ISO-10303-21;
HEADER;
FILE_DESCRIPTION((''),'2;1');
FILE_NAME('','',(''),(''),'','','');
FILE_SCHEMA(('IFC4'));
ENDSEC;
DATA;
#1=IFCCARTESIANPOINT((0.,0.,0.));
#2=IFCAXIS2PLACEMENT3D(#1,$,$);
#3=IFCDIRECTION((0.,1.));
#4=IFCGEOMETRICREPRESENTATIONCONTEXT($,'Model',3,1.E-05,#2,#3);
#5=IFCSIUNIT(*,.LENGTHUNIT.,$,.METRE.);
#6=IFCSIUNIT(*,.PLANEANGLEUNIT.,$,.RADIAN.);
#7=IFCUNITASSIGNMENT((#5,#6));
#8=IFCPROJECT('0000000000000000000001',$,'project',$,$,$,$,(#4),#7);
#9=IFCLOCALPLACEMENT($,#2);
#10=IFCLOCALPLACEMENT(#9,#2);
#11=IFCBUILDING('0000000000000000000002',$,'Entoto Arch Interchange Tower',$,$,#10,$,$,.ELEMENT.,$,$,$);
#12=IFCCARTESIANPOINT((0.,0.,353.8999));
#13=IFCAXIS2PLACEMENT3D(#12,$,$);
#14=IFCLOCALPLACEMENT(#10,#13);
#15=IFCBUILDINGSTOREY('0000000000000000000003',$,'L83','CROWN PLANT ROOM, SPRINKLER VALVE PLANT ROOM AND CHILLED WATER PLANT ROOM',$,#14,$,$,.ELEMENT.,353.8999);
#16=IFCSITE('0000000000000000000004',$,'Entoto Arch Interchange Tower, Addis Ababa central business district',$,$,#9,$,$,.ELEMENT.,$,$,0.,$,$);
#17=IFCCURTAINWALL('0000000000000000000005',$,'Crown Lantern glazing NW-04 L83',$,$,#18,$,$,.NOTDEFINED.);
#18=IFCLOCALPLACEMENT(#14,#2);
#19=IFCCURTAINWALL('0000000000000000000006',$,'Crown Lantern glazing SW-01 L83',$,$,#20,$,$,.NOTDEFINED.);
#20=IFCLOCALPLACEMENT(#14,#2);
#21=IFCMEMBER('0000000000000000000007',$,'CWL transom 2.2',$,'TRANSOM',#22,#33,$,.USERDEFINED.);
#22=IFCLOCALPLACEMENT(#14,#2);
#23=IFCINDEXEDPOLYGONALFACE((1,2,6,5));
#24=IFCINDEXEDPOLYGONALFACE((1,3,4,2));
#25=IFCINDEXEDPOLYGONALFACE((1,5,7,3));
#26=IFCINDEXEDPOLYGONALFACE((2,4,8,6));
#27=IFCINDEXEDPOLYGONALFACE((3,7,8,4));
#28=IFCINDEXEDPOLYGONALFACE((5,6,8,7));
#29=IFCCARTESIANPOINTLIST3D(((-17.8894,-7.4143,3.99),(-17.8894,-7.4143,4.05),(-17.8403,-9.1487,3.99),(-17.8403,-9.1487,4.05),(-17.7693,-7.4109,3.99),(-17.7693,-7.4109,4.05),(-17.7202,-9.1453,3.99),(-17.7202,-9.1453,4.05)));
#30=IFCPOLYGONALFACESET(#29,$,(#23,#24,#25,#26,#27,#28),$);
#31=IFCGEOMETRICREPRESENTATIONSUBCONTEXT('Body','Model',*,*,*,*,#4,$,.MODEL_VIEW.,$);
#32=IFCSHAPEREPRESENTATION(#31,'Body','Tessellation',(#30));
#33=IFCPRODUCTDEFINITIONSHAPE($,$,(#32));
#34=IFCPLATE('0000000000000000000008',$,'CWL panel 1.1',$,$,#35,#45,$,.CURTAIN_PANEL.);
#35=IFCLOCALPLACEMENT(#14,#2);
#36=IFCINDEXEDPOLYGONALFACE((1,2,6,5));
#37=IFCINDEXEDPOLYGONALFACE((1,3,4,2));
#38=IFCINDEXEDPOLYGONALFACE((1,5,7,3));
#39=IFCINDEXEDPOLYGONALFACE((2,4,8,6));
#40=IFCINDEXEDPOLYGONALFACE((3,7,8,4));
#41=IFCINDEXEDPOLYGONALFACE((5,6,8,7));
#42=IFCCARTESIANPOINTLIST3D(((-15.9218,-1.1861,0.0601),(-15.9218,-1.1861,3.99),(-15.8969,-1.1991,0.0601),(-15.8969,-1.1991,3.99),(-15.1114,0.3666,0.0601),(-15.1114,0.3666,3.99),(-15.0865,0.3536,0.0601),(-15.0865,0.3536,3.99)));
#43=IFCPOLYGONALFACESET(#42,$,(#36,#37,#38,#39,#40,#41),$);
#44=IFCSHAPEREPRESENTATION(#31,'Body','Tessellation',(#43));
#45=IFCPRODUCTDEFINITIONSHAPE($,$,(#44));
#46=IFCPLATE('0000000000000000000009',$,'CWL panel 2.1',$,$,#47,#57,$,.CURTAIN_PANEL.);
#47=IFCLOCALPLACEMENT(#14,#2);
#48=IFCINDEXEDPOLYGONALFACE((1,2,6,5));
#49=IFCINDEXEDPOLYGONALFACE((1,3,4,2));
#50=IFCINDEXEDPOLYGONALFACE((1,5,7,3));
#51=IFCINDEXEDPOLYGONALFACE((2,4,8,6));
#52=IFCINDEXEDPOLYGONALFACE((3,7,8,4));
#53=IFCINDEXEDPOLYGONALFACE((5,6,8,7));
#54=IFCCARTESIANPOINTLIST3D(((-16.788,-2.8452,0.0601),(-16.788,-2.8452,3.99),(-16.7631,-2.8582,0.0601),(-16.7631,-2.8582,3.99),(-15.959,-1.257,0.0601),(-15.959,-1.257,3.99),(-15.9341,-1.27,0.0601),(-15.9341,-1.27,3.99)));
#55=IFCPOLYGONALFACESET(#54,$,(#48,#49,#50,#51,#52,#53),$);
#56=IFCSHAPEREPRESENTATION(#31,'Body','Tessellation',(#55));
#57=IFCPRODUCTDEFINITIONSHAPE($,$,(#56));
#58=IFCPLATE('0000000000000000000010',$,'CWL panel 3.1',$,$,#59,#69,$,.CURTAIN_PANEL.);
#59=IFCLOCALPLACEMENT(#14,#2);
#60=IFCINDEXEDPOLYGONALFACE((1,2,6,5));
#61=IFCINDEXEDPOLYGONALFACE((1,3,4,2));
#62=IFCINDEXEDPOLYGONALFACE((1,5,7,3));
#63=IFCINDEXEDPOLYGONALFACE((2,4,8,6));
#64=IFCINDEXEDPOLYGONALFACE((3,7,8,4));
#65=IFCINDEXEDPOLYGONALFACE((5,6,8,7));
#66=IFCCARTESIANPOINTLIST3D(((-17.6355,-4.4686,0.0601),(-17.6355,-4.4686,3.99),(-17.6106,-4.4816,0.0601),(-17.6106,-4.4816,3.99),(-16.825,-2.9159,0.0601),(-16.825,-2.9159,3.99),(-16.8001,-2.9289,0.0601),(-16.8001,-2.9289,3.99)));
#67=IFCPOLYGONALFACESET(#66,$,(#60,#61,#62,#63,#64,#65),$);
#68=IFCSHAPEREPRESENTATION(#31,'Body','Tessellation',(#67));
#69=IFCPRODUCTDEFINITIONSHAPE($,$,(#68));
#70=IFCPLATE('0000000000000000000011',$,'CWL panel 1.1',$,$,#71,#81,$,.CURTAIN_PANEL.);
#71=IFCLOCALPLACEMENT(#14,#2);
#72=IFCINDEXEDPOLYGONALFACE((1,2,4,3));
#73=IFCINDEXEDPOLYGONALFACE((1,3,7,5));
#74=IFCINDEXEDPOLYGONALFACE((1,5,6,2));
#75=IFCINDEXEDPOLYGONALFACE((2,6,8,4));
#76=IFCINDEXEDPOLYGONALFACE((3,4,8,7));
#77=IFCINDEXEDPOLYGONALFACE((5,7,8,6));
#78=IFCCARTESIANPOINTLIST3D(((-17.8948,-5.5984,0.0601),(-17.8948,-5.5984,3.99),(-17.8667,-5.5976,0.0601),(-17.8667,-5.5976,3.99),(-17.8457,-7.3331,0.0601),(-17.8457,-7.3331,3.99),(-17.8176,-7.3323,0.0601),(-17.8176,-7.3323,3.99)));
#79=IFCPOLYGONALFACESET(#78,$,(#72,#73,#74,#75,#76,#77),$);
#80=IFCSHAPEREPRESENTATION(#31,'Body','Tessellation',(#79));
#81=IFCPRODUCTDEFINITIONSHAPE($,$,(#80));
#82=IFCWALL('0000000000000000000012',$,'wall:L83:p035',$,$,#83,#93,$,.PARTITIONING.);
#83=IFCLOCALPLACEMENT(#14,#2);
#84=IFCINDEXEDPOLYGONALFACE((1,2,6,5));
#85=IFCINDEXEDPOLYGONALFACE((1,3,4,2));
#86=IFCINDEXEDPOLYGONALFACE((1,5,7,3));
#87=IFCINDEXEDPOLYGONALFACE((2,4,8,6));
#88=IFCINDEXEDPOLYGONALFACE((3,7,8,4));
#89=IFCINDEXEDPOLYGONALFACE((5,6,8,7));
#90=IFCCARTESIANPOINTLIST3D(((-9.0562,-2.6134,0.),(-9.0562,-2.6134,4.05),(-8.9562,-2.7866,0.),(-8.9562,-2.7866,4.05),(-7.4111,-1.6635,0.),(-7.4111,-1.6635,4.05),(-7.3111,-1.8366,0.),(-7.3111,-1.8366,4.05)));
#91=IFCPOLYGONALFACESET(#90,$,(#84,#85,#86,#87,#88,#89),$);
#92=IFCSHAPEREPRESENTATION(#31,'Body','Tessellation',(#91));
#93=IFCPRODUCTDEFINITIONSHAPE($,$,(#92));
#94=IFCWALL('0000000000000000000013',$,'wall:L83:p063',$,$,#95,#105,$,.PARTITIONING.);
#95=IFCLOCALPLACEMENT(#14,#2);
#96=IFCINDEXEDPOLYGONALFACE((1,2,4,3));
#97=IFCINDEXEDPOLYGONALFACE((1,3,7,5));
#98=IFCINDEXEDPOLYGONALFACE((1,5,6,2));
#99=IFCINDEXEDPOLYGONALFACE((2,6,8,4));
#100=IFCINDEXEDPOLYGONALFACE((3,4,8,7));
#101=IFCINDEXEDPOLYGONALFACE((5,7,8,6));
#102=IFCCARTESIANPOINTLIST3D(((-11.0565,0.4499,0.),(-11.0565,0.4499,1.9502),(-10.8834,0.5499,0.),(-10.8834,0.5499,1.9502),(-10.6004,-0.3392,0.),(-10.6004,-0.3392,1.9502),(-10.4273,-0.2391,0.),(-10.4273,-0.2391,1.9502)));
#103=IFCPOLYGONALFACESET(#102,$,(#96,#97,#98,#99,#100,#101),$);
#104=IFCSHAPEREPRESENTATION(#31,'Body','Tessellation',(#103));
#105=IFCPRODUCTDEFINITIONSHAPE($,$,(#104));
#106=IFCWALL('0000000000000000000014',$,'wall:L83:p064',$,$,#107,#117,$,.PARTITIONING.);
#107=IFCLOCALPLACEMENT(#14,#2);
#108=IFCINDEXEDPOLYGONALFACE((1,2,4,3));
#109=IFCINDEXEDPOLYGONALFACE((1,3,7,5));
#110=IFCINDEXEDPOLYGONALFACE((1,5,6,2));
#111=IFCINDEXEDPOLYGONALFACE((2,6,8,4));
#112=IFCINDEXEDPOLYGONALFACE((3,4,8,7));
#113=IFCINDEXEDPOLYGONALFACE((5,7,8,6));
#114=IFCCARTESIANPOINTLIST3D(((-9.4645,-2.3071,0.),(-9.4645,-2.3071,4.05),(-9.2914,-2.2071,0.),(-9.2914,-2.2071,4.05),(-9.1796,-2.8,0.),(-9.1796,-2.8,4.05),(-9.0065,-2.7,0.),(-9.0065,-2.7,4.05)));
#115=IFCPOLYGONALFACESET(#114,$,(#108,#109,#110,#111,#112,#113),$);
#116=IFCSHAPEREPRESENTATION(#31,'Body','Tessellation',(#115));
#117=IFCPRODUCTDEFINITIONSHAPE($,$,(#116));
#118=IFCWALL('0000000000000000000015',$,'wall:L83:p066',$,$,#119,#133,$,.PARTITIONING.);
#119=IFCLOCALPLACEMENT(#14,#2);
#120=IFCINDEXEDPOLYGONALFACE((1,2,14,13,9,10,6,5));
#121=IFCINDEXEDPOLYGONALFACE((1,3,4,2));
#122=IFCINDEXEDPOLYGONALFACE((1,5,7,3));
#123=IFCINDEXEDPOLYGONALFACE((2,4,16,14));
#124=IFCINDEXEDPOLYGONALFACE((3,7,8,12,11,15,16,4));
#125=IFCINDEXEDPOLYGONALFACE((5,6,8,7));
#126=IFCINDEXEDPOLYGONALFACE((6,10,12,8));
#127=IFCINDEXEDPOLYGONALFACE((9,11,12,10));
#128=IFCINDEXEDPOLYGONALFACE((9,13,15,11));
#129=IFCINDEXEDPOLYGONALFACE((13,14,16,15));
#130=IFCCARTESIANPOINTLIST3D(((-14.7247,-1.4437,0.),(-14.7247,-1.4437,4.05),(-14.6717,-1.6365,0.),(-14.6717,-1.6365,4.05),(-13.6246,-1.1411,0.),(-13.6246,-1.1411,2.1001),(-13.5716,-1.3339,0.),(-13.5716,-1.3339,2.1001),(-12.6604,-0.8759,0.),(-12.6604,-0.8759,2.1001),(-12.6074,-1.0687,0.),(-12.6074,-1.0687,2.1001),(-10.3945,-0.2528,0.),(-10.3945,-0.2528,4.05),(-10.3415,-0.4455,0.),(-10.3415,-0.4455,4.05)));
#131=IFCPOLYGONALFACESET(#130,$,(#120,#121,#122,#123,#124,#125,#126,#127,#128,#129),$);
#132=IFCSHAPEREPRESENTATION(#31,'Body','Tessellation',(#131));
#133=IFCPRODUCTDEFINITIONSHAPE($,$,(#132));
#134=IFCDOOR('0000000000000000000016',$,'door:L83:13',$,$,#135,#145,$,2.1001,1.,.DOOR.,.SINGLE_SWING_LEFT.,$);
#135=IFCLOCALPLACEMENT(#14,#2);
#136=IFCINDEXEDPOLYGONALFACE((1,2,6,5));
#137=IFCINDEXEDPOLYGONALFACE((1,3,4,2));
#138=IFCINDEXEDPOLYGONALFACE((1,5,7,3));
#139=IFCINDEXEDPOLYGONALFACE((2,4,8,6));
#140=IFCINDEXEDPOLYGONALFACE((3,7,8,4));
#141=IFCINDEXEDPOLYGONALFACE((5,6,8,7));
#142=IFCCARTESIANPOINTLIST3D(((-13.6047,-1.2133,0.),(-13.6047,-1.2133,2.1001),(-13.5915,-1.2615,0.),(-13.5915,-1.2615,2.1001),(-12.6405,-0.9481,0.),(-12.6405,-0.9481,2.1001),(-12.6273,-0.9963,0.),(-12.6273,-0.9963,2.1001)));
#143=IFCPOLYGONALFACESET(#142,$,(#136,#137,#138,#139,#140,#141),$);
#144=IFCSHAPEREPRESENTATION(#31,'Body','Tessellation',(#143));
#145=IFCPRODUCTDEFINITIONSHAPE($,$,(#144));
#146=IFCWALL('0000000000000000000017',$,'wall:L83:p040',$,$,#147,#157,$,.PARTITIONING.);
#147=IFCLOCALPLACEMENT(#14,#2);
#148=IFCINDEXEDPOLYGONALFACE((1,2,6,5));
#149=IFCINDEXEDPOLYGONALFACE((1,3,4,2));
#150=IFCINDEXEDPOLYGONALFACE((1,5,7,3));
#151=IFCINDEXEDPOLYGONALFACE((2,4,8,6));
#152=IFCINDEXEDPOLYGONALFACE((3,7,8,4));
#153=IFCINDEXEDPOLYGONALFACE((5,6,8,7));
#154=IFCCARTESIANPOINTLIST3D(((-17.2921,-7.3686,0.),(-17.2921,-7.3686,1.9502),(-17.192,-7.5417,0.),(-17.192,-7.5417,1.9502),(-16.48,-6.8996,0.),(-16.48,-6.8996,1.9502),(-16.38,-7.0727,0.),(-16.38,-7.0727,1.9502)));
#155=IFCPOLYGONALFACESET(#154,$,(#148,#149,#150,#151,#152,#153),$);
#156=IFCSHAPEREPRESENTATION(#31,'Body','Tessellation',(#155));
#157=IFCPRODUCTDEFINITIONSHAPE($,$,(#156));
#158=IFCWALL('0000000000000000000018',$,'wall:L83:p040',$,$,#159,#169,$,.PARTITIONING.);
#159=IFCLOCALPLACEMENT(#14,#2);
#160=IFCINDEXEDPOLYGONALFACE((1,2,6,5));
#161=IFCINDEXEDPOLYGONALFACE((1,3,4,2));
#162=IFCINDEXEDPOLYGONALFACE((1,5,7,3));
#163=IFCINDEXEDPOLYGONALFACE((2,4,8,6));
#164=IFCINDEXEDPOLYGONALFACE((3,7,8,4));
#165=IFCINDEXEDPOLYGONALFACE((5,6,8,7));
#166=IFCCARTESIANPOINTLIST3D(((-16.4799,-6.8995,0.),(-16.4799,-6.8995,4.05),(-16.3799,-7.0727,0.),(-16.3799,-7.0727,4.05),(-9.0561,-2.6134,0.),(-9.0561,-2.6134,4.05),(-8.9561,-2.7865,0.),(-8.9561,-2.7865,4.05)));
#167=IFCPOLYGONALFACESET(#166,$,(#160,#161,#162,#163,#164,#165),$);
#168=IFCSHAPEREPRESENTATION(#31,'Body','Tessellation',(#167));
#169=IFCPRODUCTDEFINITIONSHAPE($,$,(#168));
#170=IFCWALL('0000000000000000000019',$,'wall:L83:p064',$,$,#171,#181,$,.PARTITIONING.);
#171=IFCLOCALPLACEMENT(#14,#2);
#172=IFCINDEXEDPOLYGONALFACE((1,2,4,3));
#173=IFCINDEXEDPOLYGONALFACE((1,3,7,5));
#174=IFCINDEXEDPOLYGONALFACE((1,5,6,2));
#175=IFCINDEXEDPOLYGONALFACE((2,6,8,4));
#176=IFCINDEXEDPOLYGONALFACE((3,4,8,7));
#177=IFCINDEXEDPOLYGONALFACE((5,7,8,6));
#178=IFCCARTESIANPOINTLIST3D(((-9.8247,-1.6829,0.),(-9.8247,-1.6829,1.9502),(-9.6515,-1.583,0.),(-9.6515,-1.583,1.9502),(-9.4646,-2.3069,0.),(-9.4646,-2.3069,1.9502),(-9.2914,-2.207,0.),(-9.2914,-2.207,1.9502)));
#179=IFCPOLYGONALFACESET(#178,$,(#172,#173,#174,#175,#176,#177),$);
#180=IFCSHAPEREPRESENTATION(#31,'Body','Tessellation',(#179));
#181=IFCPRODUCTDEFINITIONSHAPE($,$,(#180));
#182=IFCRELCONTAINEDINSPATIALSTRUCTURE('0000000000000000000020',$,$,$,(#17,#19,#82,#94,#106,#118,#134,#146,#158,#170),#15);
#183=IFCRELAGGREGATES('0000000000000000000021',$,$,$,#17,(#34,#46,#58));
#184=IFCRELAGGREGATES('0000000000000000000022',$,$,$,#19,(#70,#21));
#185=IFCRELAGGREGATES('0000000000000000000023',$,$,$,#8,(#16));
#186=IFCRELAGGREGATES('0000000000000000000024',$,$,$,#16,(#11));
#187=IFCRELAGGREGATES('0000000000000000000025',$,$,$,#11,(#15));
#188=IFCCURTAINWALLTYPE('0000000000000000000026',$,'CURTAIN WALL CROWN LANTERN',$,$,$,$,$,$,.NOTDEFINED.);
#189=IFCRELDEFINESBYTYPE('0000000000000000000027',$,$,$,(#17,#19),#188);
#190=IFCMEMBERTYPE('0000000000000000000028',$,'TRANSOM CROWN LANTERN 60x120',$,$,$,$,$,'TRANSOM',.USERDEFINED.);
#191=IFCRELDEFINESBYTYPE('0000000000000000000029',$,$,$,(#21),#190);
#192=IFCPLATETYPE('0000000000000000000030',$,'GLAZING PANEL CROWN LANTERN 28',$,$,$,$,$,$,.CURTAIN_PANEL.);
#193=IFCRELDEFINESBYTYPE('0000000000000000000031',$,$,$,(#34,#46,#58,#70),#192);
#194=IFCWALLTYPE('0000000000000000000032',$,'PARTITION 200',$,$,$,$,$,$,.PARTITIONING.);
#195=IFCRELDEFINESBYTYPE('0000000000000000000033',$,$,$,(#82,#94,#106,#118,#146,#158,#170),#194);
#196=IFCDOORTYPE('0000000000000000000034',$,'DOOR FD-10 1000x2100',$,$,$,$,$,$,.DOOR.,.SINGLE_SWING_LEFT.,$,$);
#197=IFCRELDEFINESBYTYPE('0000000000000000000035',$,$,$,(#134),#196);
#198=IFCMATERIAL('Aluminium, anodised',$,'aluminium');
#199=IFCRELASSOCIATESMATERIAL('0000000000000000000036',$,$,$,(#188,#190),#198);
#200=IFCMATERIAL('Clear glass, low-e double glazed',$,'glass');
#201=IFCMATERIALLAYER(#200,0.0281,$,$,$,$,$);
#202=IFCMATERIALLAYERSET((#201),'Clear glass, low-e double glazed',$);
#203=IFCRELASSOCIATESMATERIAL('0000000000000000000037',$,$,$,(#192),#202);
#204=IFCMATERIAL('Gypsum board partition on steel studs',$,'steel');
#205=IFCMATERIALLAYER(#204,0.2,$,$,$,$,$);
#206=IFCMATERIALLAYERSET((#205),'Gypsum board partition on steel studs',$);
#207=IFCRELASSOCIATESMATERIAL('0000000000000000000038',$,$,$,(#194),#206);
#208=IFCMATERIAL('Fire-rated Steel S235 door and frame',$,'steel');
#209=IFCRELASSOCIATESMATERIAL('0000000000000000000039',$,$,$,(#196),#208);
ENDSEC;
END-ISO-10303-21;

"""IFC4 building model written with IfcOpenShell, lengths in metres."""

from ifc_helpers import new_model, si_unit, direction, frame, frame_2d, origin, origin_2d, place, context, subcontext, project, spatial, rectangle, extrude, material, layer, layer_set, material_profile, profile_set, type_object, element, fill, aggregate, save


model = new_model("IFC4")

# Units and contexts
model_context = context("Model", 3, precision=1e-05, world=origin(), true_north=direction((0.0, 1.0)))
body_context = subcontext(model_context, "Body", "Model", "MODEL_VIEW")
ifc_project = project(units=[si_unit("LENGTHUNIT", "METRE"), si_unit("PLANEANGLEUNIT", "RADIAN")], contexts=[model_context])

# Site, building, storey
site_placement = place(None, origin())
site = spatial("IfcSite", under=ifc_project, at=site_placement, Name="Entoto Arch Interchange Tower, Addis Ababa central business district", CompositionType="ELEMENT", RefElevation=0.0)
building_placement = place(site_placement, origin())
building = spatial("IfcBuilding", under=site, at=building_placement, Name="Entoto Arch Interchange Tower", CompositionType="ELEMENT")
storey_placement = place(building_placement, frame((0.0, 0.0, 353.8999)))
storey = spatial("IfcBuildingStorey", under=building, at=storey_placement, Name="L83", Description="CROWN PLANT ROOM, SPRINKLER VALVE PLANT ROOM AND CHILLED WATER PLANT ROOM", CompositionType="ELEMENT", Elevation=353.8999)

# Curtain walls
ifc_material_1 = material(Name="Aluminium, anodised", Category="aluminium")
curtain_wall_type = type_object("IfcCurtainWallType", Name="CURTAIN WALL CROWN LANTERN", PredefinedType="NOTDEFINED", material=ifc_material_1)
curtain_wall_1_placement = place(storey_placement, origin())
curtain_wall_1 = element("IfcCurtainWall", 1, at=curtain_wall_1_placement, inside=storey, type_object=curtain_wall_type, Name="Crown Lantern glazing NW-04 L83", PredefinedType="NOTDEFINED")
curtain_wall_2_placement = place(storey_placement, origin())
curtain_wall_2 = element("IfcCurtainWall", 2, at=curtain_wall_2_placement, inside=storey, type_object=curtain_wall_type, Name="Crown Lantern glazing SW-01 L83", PredefinedType="NOTDEFINED")

# Member
ifc_material_profile_1 = material_profile(ifc_material_1, rectangle(XDim=0.1201, YDim=0.0601, at=origin_2d()))
ifc_profile_set_1 = profile_set([ifc_material_profile_1], Name="Aluminium, anodised")
member_type_1 = type_object("IfcMemberType", Name="TRANSOM CROWN LANTERN 60x120", ElementType="TRANSOM", PredefinedType="USERDEFINED", material=ifc_profile_set_1)
member_1_placement = place(storey_placement, frame((-17.8293, -7.4126, 4.02), z_axis=(0.028283, -0.9996, 0.0), x_axis=(0.9996, 0.028283, 0.0)))
member_1 = element("IfcMember", 3, at=member_1_placement, type_object=member_type_1, Name="CWL transom 2.2", ObjectType="TRANSOM", PredefinedType="USERDEFINED", context=body_context, shape_type="SweptSolid", body=[
    extrude(rectangle(XDim=0.1201, YDim=0.0601, at=origin_2d()), origin(), (0.0, 0.0, 1.0), 1.7351),
])

# Plates
ifc_material_2 = material(Name="Clear glass, low-e double glazed", Category="glass")
ifc_layer_1 = layer(ifc_material_2, 0.0281)
ifc_layer_set_1 = layer_set([ifc_layer_1], Name="Clear glass, low-e double glazed")
plate_type = type_object("IfcPlateType", Name="GLAZING PANEL CROWN LANTERN 28", PredefinedType="CURTAIN_PANEL", material=ifc_layer_set_1)
plate_1_placement = place(storey_placement, frame((-15.5042, -0.4163, 0.0601), z_axis=(0.0, 0.0, 1.0), x_axis=(-0.462749, -0.88649, 0.0)))
plate_1 = element("IfcPlate", 4, at=plate_1_placement, type_object=plate_type, Name="CWL panel 1.1", PredefinedType="CURTAIN_PANEL", context=body_context, shape_type="SweptSolid", body=[
    extrude(rectangle(XDim=1.7515, YDim=0.0281, at=origin_2d()), origin(), (0.0, 0.0, 1.0), 3.9299),
])
plate_2_placement = place(storey_placement, frame((-16.3611, -2.0576, 0.0601), z_axis=(0.0, 0.0, 1.0), x_axis=(-0.462749, -0.88649, 0.0)))
plate_2 = element("IfcPlate", 5, at=plate_2_placement, type_object=plate_type, Name="CWL panel 2.1", PredefinedType="CURTAIN_PANEL", context=body_context, shape_type="SweptSolid", body=[
    extrude(rectangle(XDim=1.7915, YDim=0.0281, at=origin_2d()), origin(), (0.0, 0.0, 1.0), 3.9299),
])
plate_3_placement = place(storey_placement, frame((-17.2178, -3.6987, 0.0601), z_axis=(0.0, 0.0, 1.0), x_axis=(-0.462749, -0.88649, 0.0)))
plate_3 = element("IfcPlate", 6, at=plate_3_placement, type_object=plate_type, Name="CWL panel 3.1", PredefinedType="CURTAIN_PANEL", context=body_context, shape_type="SweptSolid", body=[
    extrude(rectangle(XDim=1.7515, YDim=0.0281, at=origin_2d()), origin(), (0.0, 0.0, 1.0), 3.9299),
])
aggregate(curtain_wall_1, [plate_1, plate_2, plate_3])
plate_4_placement = place(storey_placement, frame((-17.8562, -6.4653, 0.0601), z_axis=(0.0, 0.0, 1.0), x_axis=(0.028298, -0.9996, 0.0)))
plate_4 = element("IfcPlate", 7, at=plate_4_placement, type_object=plate_type, Name="CWL panel 1.1", PredefinedType="CURTAIN_PANEL", context=body_context, shape_type="SweptSolid", body=[
    extrude(rectangle(XDim=1.7354, YDim=0.0281, at=origin_2d()), origin(), (0.0, 0.0, 1.0), 3.9299),
])
aggregate(curtain_wall_2, [plate_4, member_1])

# Walls
ifc_material_3 = material(Name="Gypsum board partition on steel studs", Category="steel")
ifc_layer_2 = layer(ifc_material_3, 0.2)
ifc_layer_set_2 = layer_set([ifc_layer_2], Name="Gypsum board partition on steel studs")
wall_type_1 = type_object("IfcWallType", Name="PARTITION 200", PredefinedType="PARTITIONING", material=ifc_layer_set_2)
wall_1_placement = place(storey_placement, frame((-9.0061, -2.7, 0.0), z_axis=(0.0, 0.0, 1.0), x_axis=(0.86598, 0.500078, 0.0)))
element("IfcWall", 8, at=wall_1_placement, inside=storey, type_object=wall_type_1, Name="wall:L83:p035", PredefinedType="PARTITIONING", context=body_context, shape_type="SweptSolid", body=[
    extrude(rectangle(XDim=1.8997, YDim=0.2, at=frame_2d((0.9497, 0.0))), origin(), (0.0, 0.0, 1.0), 4.05),
])
wall_2_placement = place(storey_placement, frame((-10.5139, -0.2891, 0.0), z_axis=(0.0, 0.0, 1.0), x_axis=(-0.500403, 0.865793, 0.0)))
element("IfcWall", 9, at=wall_2_placement, inside=storey, type_object=wall_type_1, Name="wall:L83:p063", PredefinedType="PARTITIONING", context=body_context, shape_type="SweptSolid", body=[
    extrude(rectangle(XDim=0.9114, YDim=0.2, at=frame_2d((0.4556, 0.0))), origin(), (0.0, 0.0, 1.0), 1.9502),
])
wall_3_placement = place(storey_placement, frame((-9.093, -2.75, 0.0), z_axis=(0.0, 0.0, 1.0), x_axis=(-0.500428, 0.865778, 0.0)))
element("IfcWall", 10, at=wall_3_placement, inside=storey, type_object=wall_type_1, Name="wall:L83:p064", PredefinedType="PARTITIONING", context=body_context, shape_type="SweptSolid", body=[
    extrude(rectangle(XDim=0.5693, YDim=0.2, at=frame_2d((0.2847, 0.0))), origin(), (0.0, 0.0, 1.0), 4.05),
])

# Wall, opening, door
wall_4_placement = place(storey_placement, frame((-10.3679, -0.3491, 0.0), z_axis=(0.0, 0.0, 1.0), x_axis=(-0.964197, -0.265187, 0.0)))
wall_4 = element("IfcWall", 11, at=wall_4_placement, inside=storey, type_object=wall_type_1, Name="wall:L83:p066", PredefinedType="PARTITIONING", context=body_context, shape_type="SweptSolid", body=[
    extrude(rectangle(XDim=4.491, YDim=0.2, at=frame_2d((2.2456, 0.0))), origin(), (0.0, 0.0, 1.0), 4.05),
])
opening_1_placement = place(wall_4_placement, frame((2.3501, 0.0, 0.0)))
opening_1 = element("IfcOpeningElement", 12, at=opening_1_placement, cuts=wall_4, PredefinedType="OPENING", context=body_context, shape_type="SweptSolid", body=[
    extrude(rectangle(XDim=1.0, YDim=2.1001, at=frame_2d((0.5, 1.05))), frame((0.0, 0.1099, 0.0), z_axis=(0.0, -1.0, 0.0), x_axis=(1.0, 0.0, 0.0)), (0.0, 0.0, 1.0), 0.22),
])
ifc_material_4 = material(Name="Fire-rated Steel S235 door and frame", Category="steel")
door_type = type_object("IfcDoorType", Name="DOOR FD-10 1000x2100", OperationType="SINGLE_SWING_LEFT", PredefinedType="DOOR", material=ifc_material_4)
door_1_placement = place(opening_1_placement, origin())
door_1 = element("IfcDoor", 13, at=door_1_placement, inside=storey, type_object=door_type, Name="door:L83:13", OperationType="SINGLE_SWING_LEFT", OverallHeight=2.1001, OverallWidth=1.0, PredefinedType="DOOR", context=body_context, shape_type="SweptSolid", body=[
    extrude(rectangle(XDim=1.0, YDim=2.1001, at=frame_2d((0.5, 1.05))), frame((0.0, 0.0249, 0.0), z_axis=(0.0, -1.0, 0.0), x_axis=(1.0, 0.0, 0.0)), (0.0, 0.0, 1.0), 0.05),
])
fill(opening_1, door_1)

# Walls
wall_5_placement = place(storey_placement, frame((-17.2419, -7.4551, 0.0), z_axis=(0.0, 0.0, 1.0), x_axis=(0.865943, 0.500143, 0.0)))
element("IfcWall", 14, at=wall_5_placement, inside=storey, type_object=wall_type_1, Name="wall:L83:p040", PredefinedType="PARTITIONING", context=body_context, shape_type="SweptSolid", body=[
    extrude(rectangle(XDim=0.9377, YDim=0.2, at=frame_2d((0.4688, 0.0))), origin(), (0.0, 0.0, 1.0), 1.9502),
])
wall_6_placement = place(storey_placement, frame((-16.4299, -6.9861, 0.0), z_axis=(0.0, 0.0, 1.0), x_axis=(0.866026, 0.499999, 0.0)))
element("IfcWall", 15, at=wall_6_placement, inside=storey, type_object=wall_type_1, Name="wall:L83:p040", PredefinedType="PARTITIONING", context=body_context, shape_type="SweptSolid", body=[
    extrude(rectangle(XDim=8.5723, YDim=0.2, at=frame_2d((4.2861, 0.0))), origin(), (0.0, 0.0, 1.0), 4.05),
])
wall_7_placement = place(storey_placement, frame((-9.3779, -2.2571, 0.0), z_axis=(0.0, 0.0, 1.0), x_axis=(-0.49982, 0.866129, 0.0)))
element("IfcWall", 16, at=wall_7_placement, inside=storey, type_object=wall_type_1, Name="wall:L83:p064", PredefinedType="PARTITIONING", context=body_context, shape_type="SweptSolid", body=[
    extrude(rectangle(XDim=0.7205, YDim=0.2, at=frame_2d((0.3604, 0.0))), origin(), (0.0, 0.0, 1.0), 1.9502),
])

save(model, "model.ifc")
